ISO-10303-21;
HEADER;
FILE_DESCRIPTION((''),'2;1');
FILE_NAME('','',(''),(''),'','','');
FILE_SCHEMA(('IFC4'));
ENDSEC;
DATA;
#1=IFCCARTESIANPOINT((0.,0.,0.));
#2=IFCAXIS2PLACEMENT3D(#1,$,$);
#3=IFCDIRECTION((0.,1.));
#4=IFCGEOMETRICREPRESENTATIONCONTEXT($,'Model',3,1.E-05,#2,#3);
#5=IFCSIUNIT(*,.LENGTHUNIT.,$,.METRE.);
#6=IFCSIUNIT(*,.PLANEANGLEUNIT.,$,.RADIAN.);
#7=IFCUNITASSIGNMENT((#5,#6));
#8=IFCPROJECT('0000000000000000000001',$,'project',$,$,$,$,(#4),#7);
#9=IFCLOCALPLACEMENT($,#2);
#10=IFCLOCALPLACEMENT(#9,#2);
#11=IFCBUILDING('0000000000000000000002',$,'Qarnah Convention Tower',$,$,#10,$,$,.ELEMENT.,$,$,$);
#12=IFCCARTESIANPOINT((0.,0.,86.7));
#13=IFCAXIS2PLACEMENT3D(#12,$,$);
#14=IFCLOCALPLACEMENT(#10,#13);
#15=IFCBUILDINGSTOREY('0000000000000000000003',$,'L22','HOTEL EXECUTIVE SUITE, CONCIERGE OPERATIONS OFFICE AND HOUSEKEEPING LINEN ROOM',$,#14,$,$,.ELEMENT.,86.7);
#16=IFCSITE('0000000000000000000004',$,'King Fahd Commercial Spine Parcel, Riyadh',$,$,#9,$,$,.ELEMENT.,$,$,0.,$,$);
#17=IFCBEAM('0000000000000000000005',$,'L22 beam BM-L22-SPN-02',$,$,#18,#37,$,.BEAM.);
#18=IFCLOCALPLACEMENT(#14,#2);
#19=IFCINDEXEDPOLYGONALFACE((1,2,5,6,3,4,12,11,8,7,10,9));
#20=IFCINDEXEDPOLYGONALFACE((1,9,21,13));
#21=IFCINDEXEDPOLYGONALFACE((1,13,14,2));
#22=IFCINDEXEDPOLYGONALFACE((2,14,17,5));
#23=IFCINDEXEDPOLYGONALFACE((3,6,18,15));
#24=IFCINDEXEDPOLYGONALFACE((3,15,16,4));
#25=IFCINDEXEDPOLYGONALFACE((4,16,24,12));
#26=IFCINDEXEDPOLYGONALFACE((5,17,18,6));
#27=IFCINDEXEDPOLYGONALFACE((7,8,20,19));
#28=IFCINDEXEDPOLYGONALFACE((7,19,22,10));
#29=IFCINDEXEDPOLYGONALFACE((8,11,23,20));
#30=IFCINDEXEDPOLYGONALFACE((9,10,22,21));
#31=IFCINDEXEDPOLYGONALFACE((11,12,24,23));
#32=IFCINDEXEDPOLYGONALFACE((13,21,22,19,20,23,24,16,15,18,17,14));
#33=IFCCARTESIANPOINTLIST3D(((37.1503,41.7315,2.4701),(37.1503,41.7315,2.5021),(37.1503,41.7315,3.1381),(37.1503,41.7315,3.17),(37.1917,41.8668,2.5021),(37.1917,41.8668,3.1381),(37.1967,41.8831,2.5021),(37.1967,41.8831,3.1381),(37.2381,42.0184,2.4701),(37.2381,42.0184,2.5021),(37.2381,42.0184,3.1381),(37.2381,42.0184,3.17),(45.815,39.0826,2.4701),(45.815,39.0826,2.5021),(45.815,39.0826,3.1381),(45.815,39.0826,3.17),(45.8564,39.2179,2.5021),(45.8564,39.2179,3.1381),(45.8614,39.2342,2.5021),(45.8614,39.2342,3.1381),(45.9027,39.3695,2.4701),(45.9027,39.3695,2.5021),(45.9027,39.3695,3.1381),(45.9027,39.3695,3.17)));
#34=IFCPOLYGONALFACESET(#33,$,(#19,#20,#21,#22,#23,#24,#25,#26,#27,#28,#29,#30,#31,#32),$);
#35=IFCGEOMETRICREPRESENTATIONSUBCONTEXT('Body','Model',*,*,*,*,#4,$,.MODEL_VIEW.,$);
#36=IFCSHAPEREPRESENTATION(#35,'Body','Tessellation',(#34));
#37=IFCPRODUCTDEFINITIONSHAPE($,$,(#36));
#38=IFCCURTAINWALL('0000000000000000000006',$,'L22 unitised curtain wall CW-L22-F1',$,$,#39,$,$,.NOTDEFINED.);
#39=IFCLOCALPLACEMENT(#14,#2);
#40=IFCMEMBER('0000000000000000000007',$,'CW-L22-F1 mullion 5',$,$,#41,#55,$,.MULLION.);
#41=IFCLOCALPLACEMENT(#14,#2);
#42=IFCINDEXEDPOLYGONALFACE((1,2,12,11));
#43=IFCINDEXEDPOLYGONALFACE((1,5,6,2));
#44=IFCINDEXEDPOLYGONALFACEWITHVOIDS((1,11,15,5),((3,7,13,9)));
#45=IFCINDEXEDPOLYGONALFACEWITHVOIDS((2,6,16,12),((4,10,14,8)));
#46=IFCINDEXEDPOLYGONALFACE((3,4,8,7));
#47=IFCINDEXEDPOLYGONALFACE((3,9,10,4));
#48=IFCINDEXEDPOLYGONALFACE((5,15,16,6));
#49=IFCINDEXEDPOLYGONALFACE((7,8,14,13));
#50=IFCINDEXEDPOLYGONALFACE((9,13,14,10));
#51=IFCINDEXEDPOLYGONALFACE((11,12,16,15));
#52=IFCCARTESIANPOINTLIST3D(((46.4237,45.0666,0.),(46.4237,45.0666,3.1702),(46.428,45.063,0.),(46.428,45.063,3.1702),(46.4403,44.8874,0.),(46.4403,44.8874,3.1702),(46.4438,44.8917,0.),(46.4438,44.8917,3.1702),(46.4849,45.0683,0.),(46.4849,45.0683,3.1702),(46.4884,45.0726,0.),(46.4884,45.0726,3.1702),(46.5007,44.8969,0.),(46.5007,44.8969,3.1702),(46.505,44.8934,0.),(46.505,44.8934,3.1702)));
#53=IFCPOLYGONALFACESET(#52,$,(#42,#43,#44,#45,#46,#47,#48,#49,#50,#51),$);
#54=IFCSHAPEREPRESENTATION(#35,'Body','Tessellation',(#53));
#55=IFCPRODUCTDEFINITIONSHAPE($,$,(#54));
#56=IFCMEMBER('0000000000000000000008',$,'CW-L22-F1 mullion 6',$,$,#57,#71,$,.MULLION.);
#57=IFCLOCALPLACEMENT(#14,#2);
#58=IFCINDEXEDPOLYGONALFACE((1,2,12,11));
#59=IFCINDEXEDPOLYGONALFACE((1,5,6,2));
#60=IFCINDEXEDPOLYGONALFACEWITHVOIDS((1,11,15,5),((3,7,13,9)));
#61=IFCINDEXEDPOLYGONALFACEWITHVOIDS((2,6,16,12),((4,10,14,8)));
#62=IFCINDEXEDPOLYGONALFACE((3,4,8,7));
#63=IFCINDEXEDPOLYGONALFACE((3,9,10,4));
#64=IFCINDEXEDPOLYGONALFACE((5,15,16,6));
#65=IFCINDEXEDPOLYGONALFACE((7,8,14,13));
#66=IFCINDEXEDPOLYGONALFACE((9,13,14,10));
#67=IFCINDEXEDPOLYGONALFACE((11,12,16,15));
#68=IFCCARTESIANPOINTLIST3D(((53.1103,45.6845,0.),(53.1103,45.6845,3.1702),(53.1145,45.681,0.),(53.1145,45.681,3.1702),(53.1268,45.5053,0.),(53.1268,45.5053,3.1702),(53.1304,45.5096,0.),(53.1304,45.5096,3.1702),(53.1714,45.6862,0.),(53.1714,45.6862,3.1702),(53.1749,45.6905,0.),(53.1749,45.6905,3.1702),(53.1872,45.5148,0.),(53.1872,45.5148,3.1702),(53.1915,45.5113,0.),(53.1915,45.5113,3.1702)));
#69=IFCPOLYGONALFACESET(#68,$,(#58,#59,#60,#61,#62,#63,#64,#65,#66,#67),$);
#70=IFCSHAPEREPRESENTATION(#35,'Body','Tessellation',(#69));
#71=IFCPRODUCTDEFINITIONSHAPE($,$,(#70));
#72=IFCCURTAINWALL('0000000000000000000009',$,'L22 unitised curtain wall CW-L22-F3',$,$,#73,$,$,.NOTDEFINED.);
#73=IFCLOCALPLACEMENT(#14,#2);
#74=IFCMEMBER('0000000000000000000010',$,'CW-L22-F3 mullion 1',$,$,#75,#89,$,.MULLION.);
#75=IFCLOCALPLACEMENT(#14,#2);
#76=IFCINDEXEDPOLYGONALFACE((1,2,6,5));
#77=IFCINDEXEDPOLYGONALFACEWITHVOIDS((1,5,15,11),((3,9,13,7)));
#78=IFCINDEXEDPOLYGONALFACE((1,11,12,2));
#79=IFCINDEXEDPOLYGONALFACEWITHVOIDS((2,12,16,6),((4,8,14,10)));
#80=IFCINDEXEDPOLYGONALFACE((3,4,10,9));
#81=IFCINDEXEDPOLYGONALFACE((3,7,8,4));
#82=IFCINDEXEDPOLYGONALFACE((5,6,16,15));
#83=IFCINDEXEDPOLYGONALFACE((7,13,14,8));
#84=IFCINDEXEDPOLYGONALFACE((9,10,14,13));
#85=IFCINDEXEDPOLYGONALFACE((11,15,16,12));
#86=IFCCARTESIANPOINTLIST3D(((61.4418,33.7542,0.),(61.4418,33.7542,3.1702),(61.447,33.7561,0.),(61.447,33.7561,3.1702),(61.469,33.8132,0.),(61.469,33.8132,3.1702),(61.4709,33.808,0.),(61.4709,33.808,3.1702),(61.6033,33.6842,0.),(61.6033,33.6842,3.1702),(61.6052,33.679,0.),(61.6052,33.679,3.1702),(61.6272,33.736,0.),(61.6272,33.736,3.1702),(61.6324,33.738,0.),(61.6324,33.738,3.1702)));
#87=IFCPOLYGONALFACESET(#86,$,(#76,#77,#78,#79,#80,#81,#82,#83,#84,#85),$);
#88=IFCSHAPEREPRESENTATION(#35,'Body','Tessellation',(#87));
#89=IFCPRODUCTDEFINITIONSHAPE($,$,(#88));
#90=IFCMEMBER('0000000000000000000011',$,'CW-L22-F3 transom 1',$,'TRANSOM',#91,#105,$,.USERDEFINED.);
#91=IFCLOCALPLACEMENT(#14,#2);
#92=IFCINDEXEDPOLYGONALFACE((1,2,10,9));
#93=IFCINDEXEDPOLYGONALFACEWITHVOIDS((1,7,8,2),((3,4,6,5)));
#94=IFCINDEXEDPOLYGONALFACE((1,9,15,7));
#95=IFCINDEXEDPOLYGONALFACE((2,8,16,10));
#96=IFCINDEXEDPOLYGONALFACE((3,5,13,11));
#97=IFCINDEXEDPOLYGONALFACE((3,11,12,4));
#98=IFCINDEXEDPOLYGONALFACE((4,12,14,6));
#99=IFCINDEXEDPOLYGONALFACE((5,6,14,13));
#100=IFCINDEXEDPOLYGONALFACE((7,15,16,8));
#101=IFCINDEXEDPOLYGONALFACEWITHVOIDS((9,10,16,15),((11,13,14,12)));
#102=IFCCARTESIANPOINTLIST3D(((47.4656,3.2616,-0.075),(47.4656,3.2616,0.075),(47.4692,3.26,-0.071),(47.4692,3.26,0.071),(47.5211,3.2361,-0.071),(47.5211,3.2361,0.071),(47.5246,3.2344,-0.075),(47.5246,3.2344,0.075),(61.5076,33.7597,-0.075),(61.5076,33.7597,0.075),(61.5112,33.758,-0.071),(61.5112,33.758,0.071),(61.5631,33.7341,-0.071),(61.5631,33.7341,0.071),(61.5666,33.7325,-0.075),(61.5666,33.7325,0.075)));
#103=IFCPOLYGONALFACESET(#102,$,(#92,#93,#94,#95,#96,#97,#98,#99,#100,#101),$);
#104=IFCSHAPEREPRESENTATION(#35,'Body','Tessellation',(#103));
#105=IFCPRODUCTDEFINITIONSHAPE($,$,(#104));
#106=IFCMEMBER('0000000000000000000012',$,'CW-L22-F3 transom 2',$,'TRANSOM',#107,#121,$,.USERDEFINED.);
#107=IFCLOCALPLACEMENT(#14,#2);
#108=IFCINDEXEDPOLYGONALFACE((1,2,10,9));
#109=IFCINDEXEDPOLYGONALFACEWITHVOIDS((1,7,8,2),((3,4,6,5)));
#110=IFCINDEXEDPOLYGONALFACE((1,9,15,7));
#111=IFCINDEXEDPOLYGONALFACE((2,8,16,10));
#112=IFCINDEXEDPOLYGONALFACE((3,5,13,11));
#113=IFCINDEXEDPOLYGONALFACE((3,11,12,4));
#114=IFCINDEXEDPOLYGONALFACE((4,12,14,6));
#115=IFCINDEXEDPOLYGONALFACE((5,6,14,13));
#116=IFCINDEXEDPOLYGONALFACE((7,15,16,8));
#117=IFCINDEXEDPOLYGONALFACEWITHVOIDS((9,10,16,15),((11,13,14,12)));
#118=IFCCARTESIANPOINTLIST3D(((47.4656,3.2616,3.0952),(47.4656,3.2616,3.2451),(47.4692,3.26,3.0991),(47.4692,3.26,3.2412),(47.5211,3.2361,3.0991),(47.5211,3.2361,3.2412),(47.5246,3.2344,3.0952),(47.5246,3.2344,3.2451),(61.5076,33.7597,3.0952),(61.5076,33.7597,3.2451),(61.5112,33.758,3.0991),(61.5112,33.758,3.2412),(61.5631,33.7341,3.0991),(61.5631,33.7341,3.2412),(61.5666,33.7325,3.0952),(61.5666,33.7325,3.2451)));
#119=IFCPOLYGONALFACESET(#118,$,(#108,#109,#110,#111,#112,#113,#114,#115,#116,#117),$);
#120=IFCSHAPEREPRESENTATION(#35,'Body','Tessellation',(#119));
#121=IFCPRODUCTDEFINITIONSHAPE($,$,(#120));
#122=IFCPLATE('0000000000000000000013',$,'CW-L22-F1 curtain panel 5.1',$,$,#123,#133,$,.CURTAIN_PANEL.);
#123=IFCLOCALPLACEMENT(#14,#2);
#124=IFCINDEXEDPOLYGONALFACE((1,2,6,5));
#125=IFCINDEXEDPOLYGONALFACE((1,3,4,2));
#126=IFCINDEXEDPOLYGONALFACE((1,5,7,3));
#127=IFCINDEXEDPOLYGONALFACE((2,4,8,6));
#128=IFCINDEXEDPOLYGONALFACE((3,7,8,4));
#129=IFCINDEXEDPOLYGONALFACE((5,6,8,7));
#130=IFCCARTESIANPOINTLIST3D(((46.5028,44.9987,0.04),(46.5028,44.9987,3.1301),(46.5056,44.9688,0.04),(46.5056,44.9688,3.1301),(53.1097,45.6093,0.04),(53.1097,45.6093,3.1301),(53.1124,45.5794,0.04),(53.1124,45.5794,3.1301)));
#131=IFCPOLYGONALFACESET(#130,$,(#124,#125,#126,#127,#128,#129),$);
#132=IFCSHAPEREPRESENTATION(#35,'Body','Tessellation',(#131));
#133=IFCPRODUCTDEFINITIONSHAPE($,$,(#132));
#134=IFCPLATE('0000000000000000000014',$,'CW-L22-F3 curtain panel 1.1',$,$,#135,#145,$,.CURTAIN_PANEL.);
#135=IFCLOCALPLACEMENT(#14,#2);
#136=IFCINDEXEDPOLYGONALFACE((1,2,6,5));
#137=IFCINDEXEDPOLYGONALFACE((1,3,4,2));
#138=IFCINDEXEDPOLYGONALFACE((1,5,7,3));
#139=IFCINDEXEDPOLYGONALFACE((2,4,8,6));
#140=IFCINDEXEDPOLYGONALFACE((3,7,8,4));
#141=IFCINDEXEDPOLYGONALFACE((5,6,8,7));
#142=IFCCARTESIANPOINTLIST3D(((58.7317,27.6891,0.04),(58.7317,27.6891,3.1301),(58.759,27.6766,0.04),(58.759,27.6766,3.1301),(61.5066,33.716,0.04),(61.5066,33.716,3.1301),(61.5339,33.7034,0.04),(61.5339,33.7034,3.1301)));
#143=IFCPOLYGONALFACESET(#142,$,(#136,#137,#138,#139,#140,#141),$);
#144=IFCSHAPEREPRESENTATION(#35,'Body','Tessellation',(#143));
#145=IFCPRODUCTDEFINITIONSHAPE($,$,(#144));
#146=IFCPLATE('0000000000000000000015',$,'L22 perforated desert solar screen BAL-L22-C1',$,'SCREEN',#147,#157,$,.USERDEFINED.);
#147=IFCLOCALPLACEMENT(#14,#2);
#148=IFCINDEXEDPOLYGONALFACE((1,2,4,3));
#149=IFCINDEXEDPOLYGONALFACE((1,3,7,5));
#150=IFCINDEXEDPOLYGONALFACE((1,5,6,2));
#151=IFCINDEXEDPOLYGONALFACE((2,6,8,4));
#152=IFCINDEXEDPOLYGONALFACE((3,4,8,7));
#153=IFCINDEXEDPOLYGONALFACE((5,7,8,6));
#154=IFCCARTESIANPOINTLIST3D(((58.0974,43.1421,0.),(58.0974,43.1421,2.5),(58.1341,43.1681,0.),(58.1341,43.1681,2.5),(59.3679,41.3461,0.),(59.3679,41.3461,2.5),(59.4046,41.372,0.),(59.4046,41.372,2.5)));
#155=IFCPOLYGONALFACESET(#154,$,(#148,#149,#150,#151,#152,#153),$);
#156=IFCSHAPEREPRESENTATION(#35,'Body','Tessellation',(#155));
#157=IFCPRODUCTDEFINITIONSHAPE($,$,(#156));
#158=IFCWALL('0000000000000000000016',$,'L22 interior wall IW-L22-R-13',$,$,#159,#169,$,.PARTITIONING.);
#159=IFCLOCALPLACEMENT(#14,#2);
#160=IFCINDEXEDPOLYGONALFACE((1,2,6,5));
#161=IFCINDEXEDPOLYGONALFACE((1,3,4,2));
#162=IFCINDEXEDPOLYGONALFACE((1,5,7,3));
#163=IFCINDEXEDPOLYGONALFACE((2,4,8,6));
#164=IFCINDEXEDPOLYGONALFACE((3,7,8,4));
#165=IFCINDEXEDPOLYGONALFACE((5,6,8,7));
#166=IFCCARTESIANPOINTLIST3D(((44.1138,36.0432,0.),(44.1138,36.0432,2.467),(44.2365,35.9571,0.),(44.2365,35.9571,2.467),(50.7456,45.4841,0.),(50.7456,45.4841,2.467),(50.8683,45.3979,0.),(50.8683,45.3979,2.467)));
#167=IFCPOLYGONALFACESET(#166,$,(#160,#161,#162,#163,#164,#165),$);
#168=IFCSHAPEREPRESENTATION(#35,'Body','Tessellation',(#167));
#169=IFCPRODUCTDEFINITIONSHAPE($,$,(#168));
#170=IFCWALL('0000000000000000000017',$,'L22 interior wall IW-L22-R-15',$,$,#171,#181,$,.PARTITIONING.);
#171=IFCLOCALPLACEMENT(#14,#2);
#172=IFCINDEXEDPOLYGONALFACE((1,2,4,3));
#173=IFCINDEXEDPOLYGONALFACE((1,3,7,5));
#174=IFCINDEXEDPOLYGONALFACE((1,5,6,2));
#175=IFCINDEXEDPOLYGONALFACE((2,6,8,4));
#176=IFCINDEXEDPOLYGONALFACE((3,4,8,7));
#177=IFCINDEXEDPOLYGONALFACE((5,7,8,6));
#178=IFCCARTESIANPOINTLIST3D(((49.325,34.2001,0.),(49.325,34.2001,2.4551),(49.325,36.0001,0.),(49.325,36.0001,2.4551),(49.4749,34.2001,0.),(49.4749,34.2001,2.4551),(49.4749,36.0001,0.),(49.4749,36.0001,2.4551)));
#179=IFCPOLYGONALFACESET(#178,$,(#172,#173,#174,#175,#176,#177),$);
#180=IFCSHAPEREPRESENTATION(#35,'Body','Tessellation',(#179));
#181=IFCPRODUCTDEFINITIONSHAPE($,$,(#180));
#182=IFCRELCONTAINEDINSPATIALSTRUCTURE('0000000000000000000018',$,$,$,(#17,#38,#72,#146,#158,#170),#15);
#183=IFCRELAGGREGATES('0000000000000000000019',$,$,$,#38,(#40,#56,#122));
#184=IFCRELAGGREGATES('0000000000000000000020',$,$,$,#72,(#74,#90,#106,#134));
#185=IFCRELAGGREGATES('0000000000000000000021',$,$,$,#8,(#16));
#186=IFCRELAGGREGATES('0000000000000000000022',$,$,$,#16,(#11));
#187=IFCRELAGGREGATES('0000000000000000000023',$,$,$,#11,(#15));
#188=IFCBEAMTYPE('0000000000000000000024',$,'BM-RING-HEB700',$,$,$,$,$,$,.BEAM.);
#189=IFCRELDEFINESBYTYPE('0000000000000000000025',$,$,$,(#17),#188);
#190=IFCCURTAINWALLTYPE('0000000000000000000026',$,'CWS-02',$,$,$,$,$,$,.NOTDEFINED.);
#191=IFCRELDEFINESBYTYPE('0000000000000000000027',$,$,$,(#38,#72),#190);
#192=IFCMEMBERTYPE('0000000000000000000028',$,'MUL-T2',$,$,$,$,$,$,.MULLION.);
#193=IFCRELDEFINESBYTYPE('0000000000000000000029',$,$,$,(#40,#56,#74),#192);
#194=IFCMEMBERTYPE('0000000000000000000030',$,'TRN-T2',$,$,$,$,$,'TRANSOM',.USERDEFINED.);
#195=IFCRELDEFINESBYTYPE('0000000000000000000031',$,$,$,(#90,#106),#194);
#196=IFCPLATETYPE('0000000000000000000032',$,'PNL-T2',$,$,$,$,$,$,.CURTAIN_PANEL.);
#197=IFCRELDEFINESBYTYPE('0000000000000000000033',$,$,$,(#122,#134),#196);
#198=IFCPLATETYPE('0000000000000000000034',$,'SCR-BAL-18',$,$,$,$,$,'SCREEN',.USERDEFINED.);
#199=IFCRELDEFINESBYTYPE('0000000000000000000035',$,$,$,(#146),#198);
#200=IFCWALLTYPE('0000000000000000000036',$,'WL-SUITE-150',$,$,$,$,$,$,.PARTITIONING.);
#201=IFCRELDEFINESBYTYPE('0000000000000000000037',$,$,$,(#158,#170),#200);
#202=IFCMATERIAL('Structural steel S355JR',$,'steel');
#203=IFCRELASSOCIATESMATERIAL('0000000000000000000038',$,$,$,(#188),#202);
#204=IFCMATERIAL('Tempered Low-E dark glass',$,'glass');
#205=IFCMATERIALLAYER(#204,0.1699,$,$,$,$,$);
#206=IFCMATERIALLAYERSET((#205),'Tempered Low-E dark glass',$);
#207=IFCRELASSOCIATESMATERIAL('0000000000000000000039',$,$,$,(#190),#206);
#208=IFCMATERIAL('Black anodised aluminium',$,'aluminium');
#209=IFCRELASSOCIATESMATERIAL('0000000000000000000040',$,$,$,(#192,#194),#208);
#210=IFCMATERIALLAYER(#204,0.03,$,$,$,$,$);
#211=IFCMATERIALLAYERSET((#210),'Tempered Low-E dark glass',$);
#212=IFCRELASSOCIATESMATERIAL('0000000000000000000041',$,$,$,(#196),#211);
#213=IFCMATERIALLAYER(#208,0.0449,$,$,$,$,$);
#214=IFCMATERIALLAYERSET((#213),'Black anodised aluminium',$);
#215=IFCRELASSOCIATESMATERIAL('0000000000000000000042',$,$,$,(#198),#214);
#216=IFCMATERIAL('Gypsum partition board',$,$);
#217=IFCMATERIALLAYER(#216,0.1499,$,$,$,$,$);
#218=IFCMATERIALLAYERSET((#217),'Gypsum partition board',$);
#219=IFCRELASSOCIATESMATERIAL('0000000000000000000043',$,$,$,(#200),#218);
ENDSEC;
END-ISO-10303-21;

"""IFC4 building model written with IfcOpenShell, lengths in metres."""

from ifc_helpers import new_model, si_unit, direction, frame, frame_2d, origin, origin_2d, place, context, subcontext, project, spatial, rectangle, hollow_rectangle, i_section, extrude, material, layer, layer_set, material_profile, profile_set, type_object, element, aggregate, save


model = new_model("IFC4")

# Units and contexts
model_context = context("Model", 3, precision=1e-05, world=origin(), true_north=direction((0.0, 1.0)))
body_context = subcontext(model_context, "Body", "Model", "MODEL_VIEW")
ifc_project = project(units=[si_unit("LENGTHUNIT", "METRE"), si_unit("PLANEANGLEUNIT", "RADIAN")], contexts=[model_context])

# Site, building, storey
site_placement = place(None, origin())
site = spatial("IfcSite", under=ifc_project, at=site_placement, Name="King Fahd Commercial Spine Parcel, Riyadh", CompositionType="ELEMENT", RefElevation=0.0)
building_placement = place(site_placement, origin())
building = spatial("IfcBuilding", under=site, at=building_placement, Name="Qarnah Convention Tower", CompositionType="ELEMENT")
storey_placement = place(building_placement, frame((0.0, 0.0, 86.7)))
storey = spatial("IfcBuildingStorey", under=building, at=storey_placement, Name="L22", Description="HOTEL EXECUTIVE SUITE, CONCIERGE OPERATIONS OFFICE AND HOUSEKEEPING LINEN ROOM", CompositionType="ELEMENT", Elevation=86.7)

# Beam
ifc_material_1 = material(Name="Structural steel S355JR", Category="steel")
ifc_material_profile_1 = material_profile(ifc_material_1, i_section(OverallWidth=0.3, OverallDepth=0.7, WebThickness=0.0171, FlangeThickness=0.032, at=origin_2d()), Name="HEB700")
ifc_profile_set_1 = profile_set([ifc_material_profile_1], Name="Structural steel S355JR")
beam_type_1 = type_object("IfcBeamType", Name="BM-RING-HEB700", PredefinedType="BEAM", material=ifc_profile_set_1)
beam_1_placement = place(storey_placement, frame((45.8589, 39.2261, 2.8201), z_axis=(-0.95631, 0.292355, 0.0), x_axis=(-0.292355, -0.95631, 0.0)))
element("IfcBeam", 1, at=beam_1_placement, inside=storey, type_object=beam_type_1, Name="L22 beam BM-L22-SPN-02", PredefinedType="BEAM", context=body_context, shape_type="SweptSolid", body=[
    extrude(i_section(OverallWidth=0.3, OverallDepth=0.7, WebThickness=0.0171, FlangeThickness=0.032, at=origin_2d()), origin(), (0.0, 0.0, 1.0), 9.0605),
])

# Curtain walls, members
ifc_material_2 = material(Name="Tempered Low-E dark glass", Category="glass")
ifc_layer_1 = layer(ifc_material_2, 0.1699)
ifc_layer_set_1 = layer_set([ifc_layer_1], Name="Tempered Low-E dark glass")
curtain_wall_type = type_object("IfcCurtainWallType", Name="CWS-02", PredefinedType="NOTDEFINED", material=ifc_layer_set_1)
curtain_wall_1_placement = place(storey_placement, origin())
curtain_wall_1 = element("IfcCurtainWall", 2, at=curtain_wall_1_placement, inside=storey, type_object=curtain_wall_type, Name="L22 unitised curtain wall CW-L22-F1", PredefinedType="NOTDEFINED")
ifc_material_3 = material(Name="Black anodised aluminium", Category="aluminium")
ifc_material_profile_2 = material_profile(ifc_material_3, hollow_rectangle(XDim=0.0649, YDim=0.1799, WallThickness=0.0039, at=origin_2d()), Name="MUL-65X180")
ifc_profile_set_2 = profile_set([ifc_material_profile_2], Name="Black anodised aluminium")
member_type_1 = type_object("IfcMemberType", Name="MUL-T2", PredefinedType="MULLION", material=ifc_profile_set_2)
member_1_placement = place(storey_placement, frame((46.4644, 44.98, 0.0), z_axis=(0.0, 0.0, 1.0), x_axis=(0.995756, 0.092031, 0.0)))
member_1 = element("IfcMember", 3, at=member_1_placement, type_object=member_type_1, Name="CW-L22-F1 mullion 5", PredefinedType="MULLION", context=body_context, shape_type="SweptSolid", body=[
    extrude(hollow_rectangle(XDim=0.0649, YDim=0.1799, WallThickness=0.0039, at=origin_2d()), origin(), (0.0, 0.0, 1.0), 3.1702),
])
member_2_placement = place(storey_placement, frame((53.1509, 45.5979, 0.0), z_axis=(0.0, 0.0, 1.0), x_axis=(0.995756, 0.092031, 0.0)))
member_2 = element("IfcMember", 4, at=member_2_placement, type_object=member_type_1, Name="CW-L22-F1 mullion 6", PredefinedType="MULLION", context=body_context, shape_type="SweptSolid", body=[
    extrude(hollow_rectangle(XDim=0.0649, YDim=0.1799, WallThickness=0.0039, at=origin_2d()), origin(), (0.0, 0.0, 1.0), 3.1702),
])
curtain_wall_2_placement = place(storey_placement, origin())
curtain_wall_2 = element("IfcCurtainWall", 5, at=curtain_wall_2_placement, inside=storey, type_object=curtain_wall_type, Name="L22 unitised curtain wall CW-L22-F3", PredefinedType="NOTDEFINED")
member_3_placement = place(storey_placement, frame((61.5371, 33.7461, 0.0), z_axis=(0.0, 0.0, 1.0), x_axis=(-0.418223, -0.908344, 0.0)))
member_3 = element("IfcMember", 6, at=member_3_placement, type_object=member_type_1, Name="CW-L22-F3 mullion 1", PredefinedType="MULLION", context=body_context, shape_type="SweptSolid", body=[
    extrude(hollow_rectangle(XDim=0.0649, YDim=0.1799, WallThickness=0.0039, at=origin_2d()), origin(), (0.0, 0.0, 1.0), 3.1702),
])
ifc_material_profile_3 = material_profile(ifc_material_3, hollow_rectangle(XDim=0.0649, YDim=0.1499, WallThickness=0.0039, at=origin_2d()), Name="TRN-65X150")
ifc_profile_set_3 = profile_set([ifc_material_profile_3], Name="Black anodised aluminium")
member_type_2 = type_object("IfcMemberType", Name="TRN-T2", ElementType="TRANSOM", PredefinedType="USERDEFINED", material=ifc_profile_set_3)
member_4_placement = place(storey_placement, frame((61.5371, 33.7461, 0.0), z_axis=(-0.418222, -0.908345, 0.0), x_axis=(0.908345, -0.418222, 0.0)))
member_4 = element("IfcMember", 7, at=member_4_placement, type_object=member_type_2, Name="CW-L22-F3 transom 1", ObjectType="TRANSOM", PredefinedType="USERDEFINED", context=body_context, shape_type="SweptSolid", body=[
    extrude(hollow_rectangle(XDim=0.0649, YDim=0.1499, WallThickness=0.0039, at=origin_2d()), origin(), (0.0, 0.0, 1.0), 33.5754),
])
member_5_placement = place(storey_placement, frame((61.5371, 33.7461, 3.1702), z_axis=(-0.418222, -0.908345, 0.0), x_axis=(0.908345, -0.418222, 0.0)))
member_5 = element("IfcMember", 8, at=member_5_placement, type_object=member_type_2, Name="CW-L22-F3 transom 2", ObjectType="TRANSOM", PredefinedType="USERDEFINED", context=body_context, shape_type="SweptSolid", body=[
    extrude(hollow_rectangle(XDim=0.0649, YDim=0.1499, WallThickness=0.0039, at=origin_2d()), origin(), (0.0, 0.0, 1.0), 33.5754),
])

# Plates
ifc_layer_2 = layer(ifc_material_2, 0.03)
ifc_layer_set_2 = layer_set([ifc_layer_2], Name="Tempered Low-E dark glass")
plate_type_1 = type_object("IfcPlateType", Name="PNL-T2", PredefinedType="CURTAIN_PANEL", material=ifc_layer_set_2)
plate_1_placement = place(storey_placement, frame((49.8076, 45.2891, 0.04), z_axis=(0.0, 0.0, 1.0), x_axis=(0.995756, 0.092031, 0.0)))
plate_1 = element("IfcPlate", 9, at=plate_1_placement, type_object=plate_type_1, Name="CW-L22-F1 curtain panel 5.1", PredefinedType="CURTAIN_PANEL", context=body_context, shape_type="SweptSolid", body=[
    extrude(rectangle(XDim=6.635, YDim=0.03, at=origin_2d()), origin(), (0.0, 0.0, 1.0), 3.0901),
])
aggregate(curtain_wall_1, [member_1, member_2, plate_1])
plate_2_placement = place(storey_placement, frame((60.1328, 30.6963, 0.04), z_axis=(0.0, 0.0, 1.0), x_axis=(-0.418223, -0.908344, 0.0)))
plate_2 = element("IfcPlate", 10, at=plate_2_placement, type_object=plate_type_1, Name="CW-L22-F3 curtain panel 1.1", PredefinedType="CURTAIN_PANEL", context=body_context, shape_type="SweptSolid", body=[
    extrude(rectangle(XDim=6.635, YDim=0.03, at=origin_2d()), origin(), (0.0, 0.0, 1.0), 3.0901),
])
aggregate(curtain_wall_2, [member_3, member_4, member_5, plate_2])
ifc_layer_3 = layer(ifc_material_3, 0.0449)
ifc_layer_set_3 = layer_set([ifc_layer_3], Name="Black anodised aluminium")
plate_type_2 = type_object("IfcPlateType", Name="SCR-BAL-18", ElementType="SCREEN", PredefinedType="USERDEFINED", material=ifc_layer_set_3)
plate_3_placement = place(storey_placement, frame((58.751, 42.2571, 0.0), z_axis=(0.0, 0.0, 1.0), x_axis=(0.57751, -0.816384, 0.0)))
element("IfcPlate", 11, at=plate_3_placement, inside=storey, type_object=plate_type_2, Name="L22 perforated desert solar screen BAL-L22-C1", ObjectType="SCREEN", PredefinedType="USERDEFINED", context=body_context, shape_type="SweptSolid", body=[
    extrude(rectangle(XDim=2.2, YDim=0.0449, at=origin_2d()), origin(), (0.0, 0.0, 1.0), 2.5),
])

# Walls
ifc_material_4 = material(Name="Gypsum partition board")
ifc_layer_4 = layer(ifc_material_4, 0.1499)
ifc_layer_set_4 = layer_set([ifc_layer_4], Name="Gypsum partition board")
wall_type_1 = type_object("IfcWallType", Name="WL-SUITE-150", PredefinedType="PARTITIONING", material=ifc_layer_set_4)
wall_1_placement = place(storey_placement, frame((50.8069, 45.4409, 0.0), z_axis=(0.0, 0.0, 1.0), x_axis=(-0.574811, -0.818286, 0.0)))
element("IfcWall", 12, at=wall_1_placement, inside=storey, type_object=wall_type_1, Name="L22 interior wall IW-L22-R-13", PredefinedType="PARTITIONING", context=body_context, shape_type="SweptSolid", body=[
    extrude(rectangle(XDim=11.5374, YDim=0.1499, at=frame_2d((5.7686, 0.0))), origin(), (0.0, 0.0, 1.0), 2.467),
])
wall_2_placement = place(storey_placement, frame((49.3999, 36.0, 0.0), z_axis=(0.0, 0.0, 1.0), x_axis=(0.0, -1.0, 0.0)))
element("IfcWall", 13, at=wall_2_placement, inside=storey, type_object=wall_type_1, Name="L22 interior wall IW-L22-R-15", PredefinedType="PARTITIONING", context=body_context, shape_type="SweptSolid", body=[
    extrude(rectangle(XDim=1.8, YDim=0.1499, at=frame_2d((0.8999, 0.0))), origin(), (0.0, 0.0, 1.0), 2.4551),
])

save(model, "model.ifc")
